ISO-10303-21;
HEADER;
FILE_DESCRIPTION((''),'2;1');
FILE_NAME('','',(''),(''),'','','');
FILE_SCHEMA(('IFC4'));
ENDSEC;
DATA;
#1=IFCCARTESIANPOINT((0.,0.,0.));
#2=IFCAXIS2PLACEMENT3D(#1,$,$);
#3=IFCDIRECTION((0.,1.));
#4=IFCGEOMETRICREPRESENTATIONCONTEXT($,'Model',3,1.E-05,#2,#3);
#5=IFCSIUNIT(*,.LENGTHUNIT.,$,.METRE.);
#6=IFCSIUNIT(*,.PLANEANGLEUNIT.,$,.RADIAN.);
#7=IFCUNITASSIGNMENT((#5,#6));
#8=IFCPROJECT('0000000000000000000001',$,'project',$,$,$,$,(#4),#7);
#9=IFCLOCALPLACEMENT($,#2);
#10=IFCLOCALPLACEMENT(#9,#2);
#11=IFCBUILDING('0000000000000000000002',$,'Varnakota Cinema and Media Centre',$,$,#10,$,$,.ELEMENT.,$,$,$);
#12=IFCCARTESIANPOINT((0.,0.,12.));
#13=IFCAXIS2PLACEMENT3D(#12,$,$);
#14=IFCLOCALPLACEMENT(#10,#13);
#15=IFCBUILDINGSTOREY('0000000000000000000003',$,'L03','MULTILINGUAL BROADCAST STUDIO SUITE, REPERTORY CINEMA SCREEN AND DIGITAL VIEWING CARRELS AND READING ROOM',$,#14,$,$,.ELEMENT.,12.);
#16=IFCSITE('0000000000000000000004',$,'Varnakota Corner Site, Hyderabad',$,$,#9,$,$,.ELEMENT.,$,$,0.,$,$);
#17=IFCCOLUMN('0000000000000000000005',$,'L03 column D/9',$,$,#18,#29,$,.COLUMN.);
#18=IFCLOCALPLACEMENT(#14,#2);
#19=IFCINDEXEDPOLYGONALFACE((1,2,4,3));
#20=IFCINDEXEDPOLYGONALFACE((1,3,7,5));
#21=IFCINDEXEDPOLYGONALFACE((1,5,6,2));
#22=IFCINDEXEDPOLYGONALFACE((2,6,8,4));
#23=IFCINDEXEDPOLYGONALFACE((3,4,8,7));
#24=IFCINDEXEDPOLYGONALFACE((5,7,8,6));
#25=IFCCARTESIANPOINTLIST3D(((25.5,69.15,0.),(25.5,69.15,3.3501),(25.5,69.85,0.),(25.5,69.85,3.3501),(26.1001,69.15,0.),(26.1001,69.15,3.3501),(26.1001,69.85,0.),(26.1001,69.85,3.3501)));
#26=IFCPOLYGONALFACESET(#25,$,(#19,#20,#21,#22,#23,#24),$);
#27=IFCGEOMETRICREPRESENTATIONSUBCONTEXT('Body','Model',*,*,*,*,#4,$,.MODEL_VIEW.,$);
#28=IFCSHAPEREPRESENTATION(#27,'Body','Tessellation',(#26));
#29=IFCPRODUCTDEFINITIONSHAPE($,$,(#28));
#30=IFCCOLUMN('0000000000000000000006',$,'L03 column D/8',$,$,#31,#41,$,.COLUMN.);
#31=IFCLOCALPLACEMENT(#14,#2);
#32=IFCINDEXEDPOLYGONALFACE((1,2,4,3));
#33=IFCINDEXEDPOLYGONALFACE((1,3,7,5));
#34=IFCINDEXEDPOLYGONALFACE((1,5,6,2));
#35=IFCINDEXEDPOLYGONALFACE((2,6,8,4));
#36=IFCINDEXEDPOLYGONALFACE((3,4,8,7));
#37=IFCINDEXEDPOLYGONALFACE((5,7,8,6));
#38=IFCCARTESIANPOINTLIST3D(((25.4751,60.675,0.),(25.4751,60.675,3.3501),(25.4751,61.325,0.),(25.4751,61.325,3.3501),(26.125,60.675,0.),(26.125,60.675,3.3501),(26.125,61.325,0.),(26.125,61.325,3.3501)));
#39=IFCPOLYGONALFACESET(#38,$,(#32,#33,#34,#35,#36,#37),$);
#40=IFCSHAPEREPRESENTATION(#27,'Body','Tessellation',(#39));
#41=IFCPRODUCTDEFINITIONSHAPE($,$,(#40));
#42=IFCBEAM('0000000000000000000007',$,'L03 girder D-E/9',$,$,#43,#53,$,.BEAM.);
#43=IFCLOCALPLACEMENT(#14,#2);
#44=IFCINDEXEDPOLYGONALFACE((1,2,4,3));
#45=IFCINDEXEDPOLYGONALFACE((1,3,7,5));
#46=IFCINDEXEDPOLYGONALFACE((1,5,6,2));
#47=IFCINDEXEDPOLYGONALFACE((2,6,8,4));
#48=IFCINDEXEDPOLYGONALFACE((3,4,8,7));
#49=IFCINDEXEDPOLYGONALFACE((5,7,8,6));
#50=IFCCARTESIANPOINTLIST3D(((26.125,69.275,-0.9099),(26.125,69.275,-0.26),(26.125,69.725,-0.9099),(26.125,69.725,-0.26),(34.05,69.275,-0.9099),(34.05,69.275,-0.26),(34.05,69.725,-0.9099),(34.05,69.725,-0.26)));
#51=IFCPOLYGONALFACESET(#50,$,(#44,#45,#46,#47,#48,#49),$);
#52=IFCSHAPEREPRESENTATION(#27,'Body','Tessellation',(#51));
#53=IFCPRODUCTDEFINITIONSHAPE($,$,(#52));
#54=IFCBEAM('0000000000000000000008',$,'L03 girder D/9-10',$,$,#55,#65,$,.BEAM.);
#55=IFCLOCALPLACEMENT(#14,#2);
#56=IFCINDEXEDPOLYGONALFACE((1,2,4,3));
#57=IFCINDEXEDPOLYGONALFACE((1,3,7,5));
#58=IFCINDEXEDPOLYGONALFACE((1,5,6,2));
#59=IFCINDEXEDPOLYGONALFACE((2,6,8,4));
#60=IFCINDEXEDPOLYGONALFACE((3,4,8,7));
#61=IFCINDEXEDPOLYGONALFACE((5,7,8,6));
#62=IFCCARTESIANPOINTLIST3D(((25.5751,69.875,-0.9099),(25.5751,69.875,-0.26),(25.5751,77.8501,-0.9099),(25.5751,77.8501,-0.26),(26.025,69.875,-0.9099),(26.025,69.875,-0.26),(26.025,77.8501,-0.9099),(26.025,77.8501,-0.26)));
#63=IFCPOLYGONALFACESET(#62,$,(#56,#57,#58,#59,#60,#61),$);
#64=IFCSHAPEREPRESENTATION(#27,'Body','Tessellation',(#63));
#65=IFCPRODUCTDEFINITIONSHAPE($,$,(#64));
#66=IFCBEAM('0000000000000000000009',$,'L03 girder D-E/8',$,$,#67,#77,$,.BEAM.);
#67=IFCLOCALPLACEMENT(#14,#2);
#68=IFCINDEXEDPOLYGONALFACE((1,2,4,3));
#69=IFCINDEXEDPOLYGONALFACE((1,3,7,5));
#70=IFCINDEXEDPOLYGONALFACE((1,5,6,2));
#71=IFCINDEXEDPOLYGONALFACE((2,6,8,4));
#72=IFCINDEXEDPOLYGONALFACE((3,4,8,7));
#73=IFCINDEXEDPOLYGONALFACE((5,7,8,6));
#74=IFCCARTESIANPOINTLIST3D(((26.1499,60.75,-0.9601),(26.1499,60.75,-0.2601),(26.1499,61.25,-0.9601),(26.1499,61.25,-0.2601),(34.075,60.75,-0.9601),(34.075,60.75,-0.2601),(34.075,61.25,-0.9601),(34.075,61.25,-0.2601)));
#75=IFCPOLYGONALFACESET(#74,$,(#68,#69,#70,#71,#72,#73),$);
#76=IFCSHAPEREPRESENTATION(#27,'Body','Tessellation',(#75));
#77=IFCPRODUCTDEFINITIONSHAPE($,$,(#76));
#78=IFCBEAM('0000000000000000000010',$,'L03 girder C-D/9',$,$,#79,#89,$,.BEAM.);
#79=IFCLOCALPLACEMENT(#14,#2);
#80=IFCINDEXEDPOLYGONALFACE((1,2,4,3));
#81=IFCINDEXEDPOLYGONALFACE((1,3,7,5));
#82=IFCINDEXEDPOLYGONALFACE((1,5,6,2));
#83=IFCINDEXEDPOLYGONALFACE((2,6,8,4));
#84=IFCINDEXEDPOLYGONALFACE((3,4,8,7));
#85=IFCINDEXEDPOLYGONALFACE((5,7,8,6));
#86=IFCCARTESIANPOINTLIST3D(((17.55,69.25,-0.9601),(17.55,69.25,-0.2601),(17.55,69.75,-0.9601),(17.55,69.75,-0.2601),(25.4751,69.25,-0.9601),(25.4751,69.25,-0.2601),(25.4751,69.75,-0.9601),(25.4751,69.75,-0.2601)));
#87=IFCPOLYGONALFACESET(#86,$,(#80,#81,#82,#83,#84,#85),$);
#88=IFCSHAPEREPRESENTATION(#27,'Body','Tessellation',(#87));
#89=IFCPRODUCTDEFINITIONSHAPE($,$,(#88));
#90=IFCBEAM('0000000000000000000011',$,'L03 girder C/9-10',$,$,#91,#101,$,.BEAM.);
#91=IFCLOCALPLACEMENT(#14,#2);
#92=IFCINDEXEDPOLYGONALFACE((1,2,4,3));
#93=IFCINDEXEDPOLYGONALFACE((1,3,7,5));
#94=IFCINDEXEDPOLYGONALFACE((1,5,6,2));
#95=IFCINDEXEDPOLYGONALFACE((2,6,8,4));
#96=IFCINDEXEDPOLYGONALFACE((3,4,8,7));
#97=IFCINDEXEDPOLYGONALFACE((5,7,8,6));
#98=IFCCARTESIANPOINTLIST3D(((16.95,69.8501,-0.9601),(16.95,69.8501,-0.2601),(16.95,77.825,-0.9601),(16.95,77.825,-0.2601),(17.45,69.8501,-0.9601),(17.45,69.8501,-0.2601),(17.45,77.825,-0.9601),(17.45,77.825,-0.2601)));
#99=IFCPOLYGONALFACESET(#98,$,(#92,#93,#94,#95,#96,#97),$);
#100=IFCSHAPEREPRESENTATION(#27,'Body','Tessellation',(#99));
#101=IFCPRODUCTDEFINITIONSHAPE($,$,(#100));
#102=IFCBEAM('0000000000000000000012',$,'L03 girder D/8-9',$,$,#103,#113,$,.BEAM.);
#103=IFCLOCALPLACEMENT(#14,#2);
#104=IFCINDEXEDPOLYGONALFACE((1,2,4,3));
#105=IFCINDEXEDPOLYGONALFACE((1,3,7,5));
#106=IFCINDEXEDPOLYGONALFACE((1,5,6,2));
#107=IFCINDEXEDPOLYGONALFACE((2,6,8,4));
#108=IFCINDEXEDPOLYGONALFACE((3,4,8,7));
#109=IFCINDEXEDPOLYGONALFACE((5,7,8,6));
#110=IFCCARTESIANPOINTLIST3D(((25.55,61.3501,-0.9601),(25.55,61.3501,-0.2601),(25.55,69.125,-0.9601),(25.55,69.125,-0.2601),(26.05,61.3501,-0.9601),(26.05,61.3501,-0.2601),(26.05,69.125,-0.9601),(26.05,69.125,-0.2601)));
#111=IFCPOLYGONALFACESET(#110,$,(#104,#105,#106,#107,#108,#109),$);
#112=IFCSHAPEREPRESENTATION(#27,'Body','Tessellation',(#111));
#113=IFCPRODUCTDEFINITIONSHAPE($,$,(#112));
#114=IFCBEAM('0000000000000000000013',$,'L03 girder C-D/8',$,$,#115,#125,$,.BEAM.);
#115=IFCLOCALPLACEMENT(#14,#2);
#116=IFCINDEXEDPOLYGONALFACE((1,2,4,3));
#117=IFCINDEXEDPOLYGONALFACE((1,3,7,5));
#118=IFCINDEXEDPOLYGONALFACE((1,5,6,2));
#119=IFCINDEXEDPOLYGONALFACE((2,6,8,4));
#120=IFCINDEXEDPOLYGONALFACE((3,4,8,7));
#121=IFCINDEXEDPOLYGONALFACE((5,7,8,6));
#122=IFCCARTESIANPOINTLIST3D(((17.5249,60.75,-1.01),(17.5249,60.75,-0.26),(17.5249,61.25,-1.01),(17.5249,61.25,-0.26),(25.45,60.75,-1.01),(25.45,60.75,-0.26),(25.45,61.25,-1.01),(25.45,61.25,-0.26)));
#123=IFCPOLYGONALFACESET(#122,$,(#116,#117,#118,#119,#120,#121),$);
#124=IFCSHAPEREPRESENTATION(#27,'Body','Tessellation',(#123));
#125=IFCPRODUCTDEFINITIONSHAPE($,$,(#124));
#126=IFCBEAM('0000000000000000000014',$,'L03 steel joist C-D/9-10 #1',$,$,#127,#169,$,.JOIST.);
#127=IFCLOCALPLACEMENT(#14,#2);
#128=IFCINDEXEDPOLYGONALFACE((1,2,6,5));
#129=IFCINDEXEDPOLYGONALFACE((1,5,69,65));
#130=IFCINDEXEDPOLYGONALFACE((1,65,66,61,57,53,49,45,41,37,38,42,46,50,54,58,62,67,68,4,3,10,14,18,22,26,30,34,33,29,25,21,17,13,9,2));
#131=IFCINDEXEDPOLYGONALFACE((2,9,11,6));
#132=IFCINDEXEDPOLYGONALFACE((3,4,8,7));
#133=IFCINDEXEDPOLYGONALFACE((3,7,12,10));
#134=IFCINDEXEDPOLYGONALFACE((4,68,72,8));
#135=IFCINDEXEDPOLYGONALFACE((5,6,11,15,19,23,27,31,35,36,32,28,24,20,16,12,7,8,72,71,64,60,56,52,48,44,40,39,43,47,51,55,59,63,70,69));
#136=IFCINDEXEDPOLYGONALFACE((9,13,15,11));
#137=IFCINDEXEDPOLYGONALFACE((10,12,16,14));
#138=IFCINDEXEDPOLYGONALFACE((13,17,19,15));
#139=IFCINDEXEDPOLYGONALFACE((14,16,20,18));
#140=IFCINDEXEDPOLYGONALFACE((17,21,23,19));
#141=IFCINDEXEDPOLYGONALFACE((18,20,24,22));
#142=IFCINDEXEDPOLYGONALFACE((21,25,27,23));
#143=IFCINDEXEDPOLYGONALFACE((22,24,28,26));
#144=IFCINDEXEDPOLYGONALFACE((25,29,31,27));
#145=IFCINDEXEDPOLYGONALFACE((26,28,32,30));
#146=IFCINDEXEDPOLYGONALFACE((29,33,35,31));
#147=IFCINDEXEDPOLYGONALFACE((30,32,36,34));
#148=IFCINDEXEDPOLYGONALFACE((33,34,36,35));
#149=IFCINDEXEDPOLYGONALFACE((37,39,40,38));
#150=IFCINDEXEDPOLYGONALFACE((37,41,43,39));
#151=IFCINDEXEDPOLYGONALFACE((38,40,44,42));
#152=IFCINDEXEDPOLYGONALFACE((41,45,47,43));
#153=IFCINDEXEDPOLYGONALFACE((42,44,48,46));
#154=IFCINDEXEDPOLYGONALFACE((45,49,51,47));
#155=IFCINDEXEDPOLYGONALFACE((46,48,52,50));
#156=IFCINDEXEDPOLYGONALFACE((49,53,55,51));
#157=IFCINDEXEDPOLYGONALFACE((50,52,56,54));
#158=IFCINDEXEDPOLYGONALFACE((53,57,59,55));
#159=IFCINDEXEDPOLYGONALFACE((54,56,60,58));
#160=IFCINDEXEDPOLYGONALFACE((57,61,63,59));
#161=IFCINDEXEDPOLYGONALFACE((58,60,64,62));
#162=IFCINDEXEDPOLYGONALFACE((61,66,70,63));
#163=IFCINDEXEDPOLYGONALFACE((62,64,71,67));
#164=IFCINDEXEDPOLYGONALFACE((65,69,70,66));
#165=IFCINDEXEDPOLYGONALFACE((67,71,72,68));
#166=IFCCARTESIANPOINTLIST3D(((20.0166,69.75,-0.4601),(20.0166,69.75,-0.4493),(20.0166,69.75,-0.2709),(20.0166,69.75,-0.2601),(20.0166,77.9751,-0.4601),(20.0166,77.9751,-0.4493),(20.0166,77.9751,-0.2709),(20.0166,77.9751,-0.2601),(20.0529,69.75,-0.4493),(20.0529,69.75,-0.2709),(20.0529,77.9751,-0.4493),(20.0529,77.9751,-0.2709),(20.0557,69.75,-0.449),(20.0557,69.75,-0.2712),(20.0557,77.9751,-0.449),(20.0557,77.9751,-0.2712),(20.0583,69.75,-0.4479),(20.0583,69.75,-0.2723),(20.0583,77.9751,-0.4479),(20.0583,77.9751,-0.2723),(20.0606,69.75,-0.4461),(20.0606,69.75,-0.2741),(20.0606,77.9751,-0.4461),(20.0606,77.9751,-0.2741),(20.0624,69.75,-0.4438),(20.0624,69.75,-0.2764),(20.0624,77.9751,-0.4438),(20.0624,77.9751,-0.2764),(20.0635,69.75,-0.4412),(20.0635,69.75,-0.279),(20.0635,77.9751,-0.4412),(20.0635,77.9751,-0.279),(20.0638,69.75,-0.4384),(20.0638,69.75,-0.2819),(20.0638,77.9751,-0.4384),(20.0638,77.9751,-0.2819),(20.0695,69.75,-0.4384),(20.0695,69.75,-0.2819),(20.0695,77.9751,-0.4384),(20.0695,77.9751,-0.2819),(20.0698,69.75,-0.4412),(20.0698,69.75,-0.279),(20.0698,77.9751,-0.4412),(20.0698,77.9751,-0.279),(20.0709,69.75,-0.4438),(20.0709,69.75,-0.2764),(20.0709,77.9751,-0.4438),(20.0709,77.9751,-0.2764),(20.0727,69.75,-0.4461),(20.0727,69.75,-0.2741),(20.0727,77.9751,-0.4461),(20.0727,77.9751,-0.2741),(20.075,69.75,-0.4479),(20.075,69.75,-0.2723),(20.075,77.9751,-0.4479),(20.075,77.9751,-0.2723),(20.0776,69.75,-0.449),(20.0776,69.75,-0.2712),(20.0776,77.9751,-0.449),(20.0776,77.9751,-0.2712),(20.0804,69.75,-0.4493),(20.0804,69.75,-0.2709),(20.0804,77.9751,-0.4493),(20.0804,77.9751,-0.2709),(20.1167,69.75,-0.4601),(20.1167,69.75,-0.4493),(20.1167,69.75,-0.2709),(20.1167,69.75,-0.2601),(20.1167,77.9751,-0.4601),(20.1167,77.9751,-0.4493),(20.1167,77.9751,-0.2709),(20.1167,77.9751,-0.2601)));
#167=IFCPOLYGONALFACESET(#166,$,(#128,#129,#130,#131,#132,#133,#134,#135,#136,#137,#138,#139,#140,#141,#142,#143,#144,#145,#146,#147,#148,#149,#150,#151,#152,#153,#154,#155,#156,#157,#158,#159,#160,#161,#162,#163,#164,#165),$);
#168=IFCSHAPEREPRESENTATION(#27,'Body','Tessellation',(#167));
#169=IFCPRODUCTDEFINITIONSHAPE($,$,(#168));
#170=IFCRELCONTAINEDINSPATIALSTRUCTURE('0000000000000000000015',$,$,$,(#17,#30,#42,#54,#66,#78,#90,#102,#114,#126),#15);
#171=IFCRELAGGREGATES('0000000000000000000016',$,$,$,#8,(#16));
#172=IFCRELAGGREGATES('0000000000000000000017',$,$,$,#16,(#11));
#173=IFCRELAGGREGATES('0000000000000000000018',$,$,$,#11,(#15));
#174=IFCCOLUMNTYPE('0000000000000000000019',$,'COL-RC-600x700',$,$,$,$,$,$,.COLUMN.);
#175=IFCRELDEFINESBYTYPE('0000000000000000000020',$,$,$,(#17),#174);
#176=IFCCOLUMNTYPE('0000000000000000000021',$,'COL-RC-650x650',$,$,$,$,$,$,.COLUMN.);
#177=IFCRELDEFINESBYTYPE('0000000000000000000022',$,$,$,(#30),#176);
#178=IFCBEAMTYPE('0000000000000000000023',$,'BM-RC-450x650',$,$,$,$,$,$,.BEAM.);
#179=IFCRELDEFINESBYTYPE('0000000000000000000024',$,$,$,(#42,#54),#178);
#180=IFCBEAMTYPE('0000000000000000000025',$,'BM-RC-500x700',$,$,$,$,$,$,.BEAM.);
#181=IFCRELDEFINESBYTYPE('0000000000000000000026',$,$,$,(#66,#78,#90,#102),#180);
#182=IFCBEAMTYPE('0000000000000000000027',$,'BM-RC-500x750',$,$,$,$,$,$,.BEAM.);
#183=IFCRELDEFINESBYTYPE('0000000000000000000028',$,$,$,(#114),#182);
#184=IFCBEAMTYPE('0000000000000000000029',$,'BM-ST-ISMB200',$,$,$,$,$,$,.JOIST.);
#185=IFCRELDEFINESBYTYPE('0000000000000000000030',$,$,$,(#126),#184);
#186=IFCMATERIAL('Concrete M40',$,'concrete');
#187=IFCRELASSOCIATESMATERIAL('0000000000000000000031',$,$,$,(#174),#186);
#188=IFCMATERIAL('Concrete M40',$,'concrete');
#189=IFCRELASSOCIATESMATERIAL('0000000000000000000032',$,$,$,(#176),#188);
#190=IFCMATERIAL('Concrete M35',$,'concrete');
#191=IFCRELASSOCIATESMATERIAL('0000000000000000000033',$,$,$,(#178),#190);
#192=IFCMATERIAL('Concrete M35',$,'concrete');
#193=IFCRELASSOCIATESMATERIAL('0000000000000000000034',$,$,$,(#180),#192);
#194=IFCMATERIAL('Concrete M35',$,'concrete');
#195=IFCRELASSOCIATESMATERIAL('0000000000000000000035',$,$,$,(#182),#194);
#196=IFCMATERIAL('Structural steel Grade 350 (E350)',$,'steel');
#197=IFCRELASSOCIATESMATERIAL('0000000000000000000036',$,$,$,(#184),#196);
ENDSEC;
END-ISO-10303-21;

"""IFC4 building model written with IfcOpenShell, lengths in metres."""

from ifc_helpers import new_model, si_unit, direction, frame, origin, origin_2d, place, context, subcontext, project, spatial, rectangle, i_section, extrude, material, material_profile, profile_set, type_object, element, save


model = new_model("IFC4")

# Units and contexts
model_context = context("Model", 3, precision=1e-05, world=origin(), true_north=direction((0.0, 1.0)))
body_context = subcontext(model_context, "Body", "Model", "MODEL_VIEW")
ifc_project = project(units=[si_unit("LENGTHUNIT", "METRE"), si_unit("PLANEANGLEUNIT", "RADIAN")], contexts=[model_context])

# Site, building, storey
site_placement = place(None, origin())
site = spatial("IfcSite", under=ifc_project, at=site_placement, Name="Varnakota Corner Site, Hyderabad", CompositionType="ELEMENT", RefElevation=0.0)
building_placement = place(site_placement, origin())
building = spatial("IfcBuilding", under=site, at=building_placement, Name="Varnakota Cinema and Media Centre", CompositionType="ELEMENT")
storey_placement = place(building_placement, frame((0.0, 0.0, 12.0)))
storey = spatial("IfcBuildingStorey", under=building, at=storey_placement, Name="L03", Description="MULTILINGUAL BROADCAST STUDIO SUITE, REPERTORY CINEMA SCREEN AND DIGITAL VIEWING CARRELS AND READING ROOM", CompositionType="ELEMENT", Elevation=12.0)

# Columns
ifc_material_1 = material(Name="Concrete M40", Category="concrete")
ifc_material_profile_1 = material_profile(ifc_material_1, rectangle(XDim=0.6001, YDim=0.7, at=origin_2d()), Name="RC 600x700")
ifc_profile_set_1 = profile_set([ifc_material_profile_1], Name="Concrete M40")
column_type_1 = type_object("IfcColumnType", Name="COL-RC-600x700", PredefinedType="COLUMN", material=ifc_profile_set_1)
column_1_placement = place(storey_placement, frame((25.8, 69.5, 0.0), z_axis=(0.0, 0.0, 1.0), x_axis=(1.0, 0.0, 0.0)))
element("IfcColumn", 1, at=column_1_placement, inside=storey, type_object=column_type_1, Name="L03 column D/9", PredefinedType="COLUMN", context=body_context, shape_type="SweptSolid", body=[
    extrude(rectangle(XDim=0.6001, YDim=0.7, at=origin_2d()), origin(), (0.0, 0.0, 1.0), 3.3501),
])
ifc_material_2 = material(Name="Concrete M40", Category="concrete")
ifc_material_profile_2 = material_profile(ifc_material_2, rectangle(XDim=0.6499, YDim=0.6499, at=origin_2d()), Name="RC 650x650")
ifc_profile_set_2 = profile_set([ifc_material_profile_2], Name="Concrete M40")
column_type_2 = type_object("IfcColumnType", Name="COL-RC-650x650", PredefinedType="COLUMN", material=ifc_profile_set_2)
column_2_placement = place(storey_placement, frame((25.8, 61.0, 0.0), z_axis=(0.0, 0.0, 1.0), x_axis=(1.0, 0.0, 0.0)))
element("IfcColumn", 2, at=column_2_placement, inside=storey, type_object=column_type_2, Name="L03 column D/8", PredefinedType="COLUMN", context=body_context, shape_type="SweptSolid", body=[
    extrude(rectangle(XDim=0.6499, YDim=0.6499, at=origin_2d()), origin(), (0.0, 0.0, 1.0), 3.3501),
])

# Beams
ifc_material_3 = material(Name="Concrete M35", Category="concrete")
ifc_material_profile_3 = material_profile(ifc_material_3, rectangle(XDim=0.45, YDim=0.6499, at=origin_2d()), Name="RCB 450x650")
ifc_profile_set_3 = profile_set([ifc_material_profile_3], Name="Concrete M35")
beam_type_1 = type_object("IfcBeamType", Name="BM-RC-450x650", PredefinedType="BEAM", material=ifc_profile_set_3)
beam_1_placement = place(storey_placement, frame((26.125, 69.5, -0.585), z_axis=(1.0, 0.0, 0.0), x_axis=(0.0, 1.0, 0.0)))
element("IfcBeam", 3, at=beam_1_placement, inside=storey, type_object=beam_type_1, Name="L03 girder D-E/9", PredefinedType="BEAM", context=body_context, shape_type="SweptSolid", body=[
    extrude(rectangle(XDim=0.45, YDim=0.6499, at=origin_2d()), origin(), (0.0, 0.0, 1.0), 7.925),
])
beam_2_placement = place(storey_placement, frame((25.8, 69.875, -0.585), z_axis=(0.0, 1.0, 0.0), x_axis=(-1.0, 0.0, 0.0)))
element("IfcBeam", 4, at=beam_2_placement, inside=storey, type_object=beam_type_1, Name="L03 girder D/9-10", PredefinedType="BEAM", context=body_context, shape_type="SweptSolid", body=[
    extrude(rectangle(XDim=0.45, YDim=0.6499, at=origin_2d()), origin(), (0.0, 0.0, 1.0), 7.9751),
])
ifc_material_4 = material(Name="Concrete M35", Category="concrete")
ifc_material_profile_4 = material_profile(ifc_material_4, rectangle(XDim=0.5, YDim=0.7, at=origin_2d()), Name="RCB 500x700")
ifc_profile_set_4 = profile_set([ifc_material_profile_4], Name="Concrete M35")
beam_type_2 = type_object("IfcBeamType", Name="BM-RC-500x700", PredefinedType="BEAM", material=ifc_profile_set_4)
for number, where, z_axis, x_axis, name in (
    (5, (26.1499, 61.0, -0.6101), (1.0, 0.0, 0.0), (0.0, 1.0, 0.0), "L03 girder D-E/8"),
    (6, (17.55, 69.5, -0.6101), (1.0, 0.0, 0.0), (0.0, 1.0, 0.0), "L03 girder C-D/9"),
):
    element("IfcBeam", number, at=place(storey_placement, frame(where, z_axis=z_axis, x_axis=x_axis)), inside=storey, type_object=beam_type_2, Name=name, PredefinedType="BEAM", context=body_context, shape_type="SweptSolid", body=[
        extrude(rectangle(XDim=0.5, YDim=0.7, at=origin_2d()), origin(), (0.0, 0.0, 1.0), 7.925),
    ])
beam_3_placement = place(storey_placement, frame((17.2, 69.8501, -0.6101), z_axis=(0.0, 1.0, 0.0), x_axis=(-1.0, 0.0, 0.0)))
element("IfcBeam", 7, at=beam_3_placement, inside=storey, type_object=beam_type_2, Name="L03 girder C/9-10", PredefinedType="BEAM", context=body_context, shape_type="SweptSolid", body=[
    extrude(rectangle(XDim=0.5, YDim=0.7, at=origin_2d()), origin(), (0.0, 0.0, 1.0), 7.9749),
])
beam_4_placement = place(storey_placement, frame((25.8, 61.3501, -0.6101), z_axis=(0.0, 1.0, 0.0), x_axis=(-1.0, 0.0, 0.0)))
element("IfcBeam", 8, at=beam_4_placement, inside=storey, type_object=beam_type_2, Name="L03 girder D/8-9", PredefinedType="BEAM", context=body_context, shape_type="SweptSolid", body=[
    extrude(rectangle(XDim=0.5, YDim=0.7, at=origin_2d()), origin(), (0.0, 0.0, 1.0), 7.7749),
])
ifc_material_5 = material(Name="Concrete M35", Category="concrete")
ifc_material_profile_5 = material_profile(ifc_material_5, rectangle(XDim=0.5, YDim=0.75, at=origin_2d()), Name="RCB 500x750")
ifc_profile_set_5 = profile_set([ifc_material_profile_5], Name="Concrete M35")
beam_type_3 = type_object("IfcBeamType", Name="BM-RC-500x750", PredefinedType="BEAM", material=ifc_profile_set_5)
beam_5_placement = place(storey_placement, frame((17.5249, 61.0, -0.635), z_axis=(1.0, 0.0, 0.0), x_axis=(0.0, 1.0, 0.0)))
element("IfcBeam", 9, at=beam_5_placement, inside=storey, type_object=beam_type_3, Name="L03 girder C-D/8", PredefinedType="BEAM", context=body_context, shape_type="SweptSolid", body=[
    extrude(rectangle(XDim=0.5, YDim=0.75, at=origin_2d()), origin(), (0.0, 0.0, 1.0), 7.925),
])
ifc_material_6 = material(Name="Structural steel Grade 350 (E350)", Category="steel")
ifc_material_profile_6 = material_profile(ifc_material_6, i_section(OverallWidth=0.1001, OverallDepth=0.2, WebThickness=0.0056, FlangeThickness=0.0107, FilletRadius=0.011, at=origin_2d()), Name="ISMB 200")
ifc_profile_set_6 = profile_set([ifc_material_profile_6], Name="Structural steel Grade 350 (E350)")
beam_type_4 = type_object("IfcBeamType", Name="BM-ST-ISMB200", PredefinedType="JOIST", material=ifc_profile_set_6)
for number, where, z_axis, x_axis, name in (
    (10, (20.0667, 69.75, -0.3601), (0.0, 1.0, 0.0), (-1.0, 0.0, 0.0), "L03 steel joist C-D/9-10 #1"),
):
    element("IfcBeam", number, at=place(storey_placement, frame(where, z_axis=z_axis, x_axis=x_axis)), inside=storey, type_object=beam_type_4, Name=name, PredefinedType="JOIST", context=body_context, shape_type="SweptSolid", body=[
        extrude(i_section(OverallWidth=0.1001, OverallDepth=0.2, WebThickness=0.0056, FlangeThickness=0.0107, FilletRadius=0.011, at=origin_2d()), origin(), (0.0, 0.0, 1.0), 8.2251),
    ])

save(model, "model.ifc")
